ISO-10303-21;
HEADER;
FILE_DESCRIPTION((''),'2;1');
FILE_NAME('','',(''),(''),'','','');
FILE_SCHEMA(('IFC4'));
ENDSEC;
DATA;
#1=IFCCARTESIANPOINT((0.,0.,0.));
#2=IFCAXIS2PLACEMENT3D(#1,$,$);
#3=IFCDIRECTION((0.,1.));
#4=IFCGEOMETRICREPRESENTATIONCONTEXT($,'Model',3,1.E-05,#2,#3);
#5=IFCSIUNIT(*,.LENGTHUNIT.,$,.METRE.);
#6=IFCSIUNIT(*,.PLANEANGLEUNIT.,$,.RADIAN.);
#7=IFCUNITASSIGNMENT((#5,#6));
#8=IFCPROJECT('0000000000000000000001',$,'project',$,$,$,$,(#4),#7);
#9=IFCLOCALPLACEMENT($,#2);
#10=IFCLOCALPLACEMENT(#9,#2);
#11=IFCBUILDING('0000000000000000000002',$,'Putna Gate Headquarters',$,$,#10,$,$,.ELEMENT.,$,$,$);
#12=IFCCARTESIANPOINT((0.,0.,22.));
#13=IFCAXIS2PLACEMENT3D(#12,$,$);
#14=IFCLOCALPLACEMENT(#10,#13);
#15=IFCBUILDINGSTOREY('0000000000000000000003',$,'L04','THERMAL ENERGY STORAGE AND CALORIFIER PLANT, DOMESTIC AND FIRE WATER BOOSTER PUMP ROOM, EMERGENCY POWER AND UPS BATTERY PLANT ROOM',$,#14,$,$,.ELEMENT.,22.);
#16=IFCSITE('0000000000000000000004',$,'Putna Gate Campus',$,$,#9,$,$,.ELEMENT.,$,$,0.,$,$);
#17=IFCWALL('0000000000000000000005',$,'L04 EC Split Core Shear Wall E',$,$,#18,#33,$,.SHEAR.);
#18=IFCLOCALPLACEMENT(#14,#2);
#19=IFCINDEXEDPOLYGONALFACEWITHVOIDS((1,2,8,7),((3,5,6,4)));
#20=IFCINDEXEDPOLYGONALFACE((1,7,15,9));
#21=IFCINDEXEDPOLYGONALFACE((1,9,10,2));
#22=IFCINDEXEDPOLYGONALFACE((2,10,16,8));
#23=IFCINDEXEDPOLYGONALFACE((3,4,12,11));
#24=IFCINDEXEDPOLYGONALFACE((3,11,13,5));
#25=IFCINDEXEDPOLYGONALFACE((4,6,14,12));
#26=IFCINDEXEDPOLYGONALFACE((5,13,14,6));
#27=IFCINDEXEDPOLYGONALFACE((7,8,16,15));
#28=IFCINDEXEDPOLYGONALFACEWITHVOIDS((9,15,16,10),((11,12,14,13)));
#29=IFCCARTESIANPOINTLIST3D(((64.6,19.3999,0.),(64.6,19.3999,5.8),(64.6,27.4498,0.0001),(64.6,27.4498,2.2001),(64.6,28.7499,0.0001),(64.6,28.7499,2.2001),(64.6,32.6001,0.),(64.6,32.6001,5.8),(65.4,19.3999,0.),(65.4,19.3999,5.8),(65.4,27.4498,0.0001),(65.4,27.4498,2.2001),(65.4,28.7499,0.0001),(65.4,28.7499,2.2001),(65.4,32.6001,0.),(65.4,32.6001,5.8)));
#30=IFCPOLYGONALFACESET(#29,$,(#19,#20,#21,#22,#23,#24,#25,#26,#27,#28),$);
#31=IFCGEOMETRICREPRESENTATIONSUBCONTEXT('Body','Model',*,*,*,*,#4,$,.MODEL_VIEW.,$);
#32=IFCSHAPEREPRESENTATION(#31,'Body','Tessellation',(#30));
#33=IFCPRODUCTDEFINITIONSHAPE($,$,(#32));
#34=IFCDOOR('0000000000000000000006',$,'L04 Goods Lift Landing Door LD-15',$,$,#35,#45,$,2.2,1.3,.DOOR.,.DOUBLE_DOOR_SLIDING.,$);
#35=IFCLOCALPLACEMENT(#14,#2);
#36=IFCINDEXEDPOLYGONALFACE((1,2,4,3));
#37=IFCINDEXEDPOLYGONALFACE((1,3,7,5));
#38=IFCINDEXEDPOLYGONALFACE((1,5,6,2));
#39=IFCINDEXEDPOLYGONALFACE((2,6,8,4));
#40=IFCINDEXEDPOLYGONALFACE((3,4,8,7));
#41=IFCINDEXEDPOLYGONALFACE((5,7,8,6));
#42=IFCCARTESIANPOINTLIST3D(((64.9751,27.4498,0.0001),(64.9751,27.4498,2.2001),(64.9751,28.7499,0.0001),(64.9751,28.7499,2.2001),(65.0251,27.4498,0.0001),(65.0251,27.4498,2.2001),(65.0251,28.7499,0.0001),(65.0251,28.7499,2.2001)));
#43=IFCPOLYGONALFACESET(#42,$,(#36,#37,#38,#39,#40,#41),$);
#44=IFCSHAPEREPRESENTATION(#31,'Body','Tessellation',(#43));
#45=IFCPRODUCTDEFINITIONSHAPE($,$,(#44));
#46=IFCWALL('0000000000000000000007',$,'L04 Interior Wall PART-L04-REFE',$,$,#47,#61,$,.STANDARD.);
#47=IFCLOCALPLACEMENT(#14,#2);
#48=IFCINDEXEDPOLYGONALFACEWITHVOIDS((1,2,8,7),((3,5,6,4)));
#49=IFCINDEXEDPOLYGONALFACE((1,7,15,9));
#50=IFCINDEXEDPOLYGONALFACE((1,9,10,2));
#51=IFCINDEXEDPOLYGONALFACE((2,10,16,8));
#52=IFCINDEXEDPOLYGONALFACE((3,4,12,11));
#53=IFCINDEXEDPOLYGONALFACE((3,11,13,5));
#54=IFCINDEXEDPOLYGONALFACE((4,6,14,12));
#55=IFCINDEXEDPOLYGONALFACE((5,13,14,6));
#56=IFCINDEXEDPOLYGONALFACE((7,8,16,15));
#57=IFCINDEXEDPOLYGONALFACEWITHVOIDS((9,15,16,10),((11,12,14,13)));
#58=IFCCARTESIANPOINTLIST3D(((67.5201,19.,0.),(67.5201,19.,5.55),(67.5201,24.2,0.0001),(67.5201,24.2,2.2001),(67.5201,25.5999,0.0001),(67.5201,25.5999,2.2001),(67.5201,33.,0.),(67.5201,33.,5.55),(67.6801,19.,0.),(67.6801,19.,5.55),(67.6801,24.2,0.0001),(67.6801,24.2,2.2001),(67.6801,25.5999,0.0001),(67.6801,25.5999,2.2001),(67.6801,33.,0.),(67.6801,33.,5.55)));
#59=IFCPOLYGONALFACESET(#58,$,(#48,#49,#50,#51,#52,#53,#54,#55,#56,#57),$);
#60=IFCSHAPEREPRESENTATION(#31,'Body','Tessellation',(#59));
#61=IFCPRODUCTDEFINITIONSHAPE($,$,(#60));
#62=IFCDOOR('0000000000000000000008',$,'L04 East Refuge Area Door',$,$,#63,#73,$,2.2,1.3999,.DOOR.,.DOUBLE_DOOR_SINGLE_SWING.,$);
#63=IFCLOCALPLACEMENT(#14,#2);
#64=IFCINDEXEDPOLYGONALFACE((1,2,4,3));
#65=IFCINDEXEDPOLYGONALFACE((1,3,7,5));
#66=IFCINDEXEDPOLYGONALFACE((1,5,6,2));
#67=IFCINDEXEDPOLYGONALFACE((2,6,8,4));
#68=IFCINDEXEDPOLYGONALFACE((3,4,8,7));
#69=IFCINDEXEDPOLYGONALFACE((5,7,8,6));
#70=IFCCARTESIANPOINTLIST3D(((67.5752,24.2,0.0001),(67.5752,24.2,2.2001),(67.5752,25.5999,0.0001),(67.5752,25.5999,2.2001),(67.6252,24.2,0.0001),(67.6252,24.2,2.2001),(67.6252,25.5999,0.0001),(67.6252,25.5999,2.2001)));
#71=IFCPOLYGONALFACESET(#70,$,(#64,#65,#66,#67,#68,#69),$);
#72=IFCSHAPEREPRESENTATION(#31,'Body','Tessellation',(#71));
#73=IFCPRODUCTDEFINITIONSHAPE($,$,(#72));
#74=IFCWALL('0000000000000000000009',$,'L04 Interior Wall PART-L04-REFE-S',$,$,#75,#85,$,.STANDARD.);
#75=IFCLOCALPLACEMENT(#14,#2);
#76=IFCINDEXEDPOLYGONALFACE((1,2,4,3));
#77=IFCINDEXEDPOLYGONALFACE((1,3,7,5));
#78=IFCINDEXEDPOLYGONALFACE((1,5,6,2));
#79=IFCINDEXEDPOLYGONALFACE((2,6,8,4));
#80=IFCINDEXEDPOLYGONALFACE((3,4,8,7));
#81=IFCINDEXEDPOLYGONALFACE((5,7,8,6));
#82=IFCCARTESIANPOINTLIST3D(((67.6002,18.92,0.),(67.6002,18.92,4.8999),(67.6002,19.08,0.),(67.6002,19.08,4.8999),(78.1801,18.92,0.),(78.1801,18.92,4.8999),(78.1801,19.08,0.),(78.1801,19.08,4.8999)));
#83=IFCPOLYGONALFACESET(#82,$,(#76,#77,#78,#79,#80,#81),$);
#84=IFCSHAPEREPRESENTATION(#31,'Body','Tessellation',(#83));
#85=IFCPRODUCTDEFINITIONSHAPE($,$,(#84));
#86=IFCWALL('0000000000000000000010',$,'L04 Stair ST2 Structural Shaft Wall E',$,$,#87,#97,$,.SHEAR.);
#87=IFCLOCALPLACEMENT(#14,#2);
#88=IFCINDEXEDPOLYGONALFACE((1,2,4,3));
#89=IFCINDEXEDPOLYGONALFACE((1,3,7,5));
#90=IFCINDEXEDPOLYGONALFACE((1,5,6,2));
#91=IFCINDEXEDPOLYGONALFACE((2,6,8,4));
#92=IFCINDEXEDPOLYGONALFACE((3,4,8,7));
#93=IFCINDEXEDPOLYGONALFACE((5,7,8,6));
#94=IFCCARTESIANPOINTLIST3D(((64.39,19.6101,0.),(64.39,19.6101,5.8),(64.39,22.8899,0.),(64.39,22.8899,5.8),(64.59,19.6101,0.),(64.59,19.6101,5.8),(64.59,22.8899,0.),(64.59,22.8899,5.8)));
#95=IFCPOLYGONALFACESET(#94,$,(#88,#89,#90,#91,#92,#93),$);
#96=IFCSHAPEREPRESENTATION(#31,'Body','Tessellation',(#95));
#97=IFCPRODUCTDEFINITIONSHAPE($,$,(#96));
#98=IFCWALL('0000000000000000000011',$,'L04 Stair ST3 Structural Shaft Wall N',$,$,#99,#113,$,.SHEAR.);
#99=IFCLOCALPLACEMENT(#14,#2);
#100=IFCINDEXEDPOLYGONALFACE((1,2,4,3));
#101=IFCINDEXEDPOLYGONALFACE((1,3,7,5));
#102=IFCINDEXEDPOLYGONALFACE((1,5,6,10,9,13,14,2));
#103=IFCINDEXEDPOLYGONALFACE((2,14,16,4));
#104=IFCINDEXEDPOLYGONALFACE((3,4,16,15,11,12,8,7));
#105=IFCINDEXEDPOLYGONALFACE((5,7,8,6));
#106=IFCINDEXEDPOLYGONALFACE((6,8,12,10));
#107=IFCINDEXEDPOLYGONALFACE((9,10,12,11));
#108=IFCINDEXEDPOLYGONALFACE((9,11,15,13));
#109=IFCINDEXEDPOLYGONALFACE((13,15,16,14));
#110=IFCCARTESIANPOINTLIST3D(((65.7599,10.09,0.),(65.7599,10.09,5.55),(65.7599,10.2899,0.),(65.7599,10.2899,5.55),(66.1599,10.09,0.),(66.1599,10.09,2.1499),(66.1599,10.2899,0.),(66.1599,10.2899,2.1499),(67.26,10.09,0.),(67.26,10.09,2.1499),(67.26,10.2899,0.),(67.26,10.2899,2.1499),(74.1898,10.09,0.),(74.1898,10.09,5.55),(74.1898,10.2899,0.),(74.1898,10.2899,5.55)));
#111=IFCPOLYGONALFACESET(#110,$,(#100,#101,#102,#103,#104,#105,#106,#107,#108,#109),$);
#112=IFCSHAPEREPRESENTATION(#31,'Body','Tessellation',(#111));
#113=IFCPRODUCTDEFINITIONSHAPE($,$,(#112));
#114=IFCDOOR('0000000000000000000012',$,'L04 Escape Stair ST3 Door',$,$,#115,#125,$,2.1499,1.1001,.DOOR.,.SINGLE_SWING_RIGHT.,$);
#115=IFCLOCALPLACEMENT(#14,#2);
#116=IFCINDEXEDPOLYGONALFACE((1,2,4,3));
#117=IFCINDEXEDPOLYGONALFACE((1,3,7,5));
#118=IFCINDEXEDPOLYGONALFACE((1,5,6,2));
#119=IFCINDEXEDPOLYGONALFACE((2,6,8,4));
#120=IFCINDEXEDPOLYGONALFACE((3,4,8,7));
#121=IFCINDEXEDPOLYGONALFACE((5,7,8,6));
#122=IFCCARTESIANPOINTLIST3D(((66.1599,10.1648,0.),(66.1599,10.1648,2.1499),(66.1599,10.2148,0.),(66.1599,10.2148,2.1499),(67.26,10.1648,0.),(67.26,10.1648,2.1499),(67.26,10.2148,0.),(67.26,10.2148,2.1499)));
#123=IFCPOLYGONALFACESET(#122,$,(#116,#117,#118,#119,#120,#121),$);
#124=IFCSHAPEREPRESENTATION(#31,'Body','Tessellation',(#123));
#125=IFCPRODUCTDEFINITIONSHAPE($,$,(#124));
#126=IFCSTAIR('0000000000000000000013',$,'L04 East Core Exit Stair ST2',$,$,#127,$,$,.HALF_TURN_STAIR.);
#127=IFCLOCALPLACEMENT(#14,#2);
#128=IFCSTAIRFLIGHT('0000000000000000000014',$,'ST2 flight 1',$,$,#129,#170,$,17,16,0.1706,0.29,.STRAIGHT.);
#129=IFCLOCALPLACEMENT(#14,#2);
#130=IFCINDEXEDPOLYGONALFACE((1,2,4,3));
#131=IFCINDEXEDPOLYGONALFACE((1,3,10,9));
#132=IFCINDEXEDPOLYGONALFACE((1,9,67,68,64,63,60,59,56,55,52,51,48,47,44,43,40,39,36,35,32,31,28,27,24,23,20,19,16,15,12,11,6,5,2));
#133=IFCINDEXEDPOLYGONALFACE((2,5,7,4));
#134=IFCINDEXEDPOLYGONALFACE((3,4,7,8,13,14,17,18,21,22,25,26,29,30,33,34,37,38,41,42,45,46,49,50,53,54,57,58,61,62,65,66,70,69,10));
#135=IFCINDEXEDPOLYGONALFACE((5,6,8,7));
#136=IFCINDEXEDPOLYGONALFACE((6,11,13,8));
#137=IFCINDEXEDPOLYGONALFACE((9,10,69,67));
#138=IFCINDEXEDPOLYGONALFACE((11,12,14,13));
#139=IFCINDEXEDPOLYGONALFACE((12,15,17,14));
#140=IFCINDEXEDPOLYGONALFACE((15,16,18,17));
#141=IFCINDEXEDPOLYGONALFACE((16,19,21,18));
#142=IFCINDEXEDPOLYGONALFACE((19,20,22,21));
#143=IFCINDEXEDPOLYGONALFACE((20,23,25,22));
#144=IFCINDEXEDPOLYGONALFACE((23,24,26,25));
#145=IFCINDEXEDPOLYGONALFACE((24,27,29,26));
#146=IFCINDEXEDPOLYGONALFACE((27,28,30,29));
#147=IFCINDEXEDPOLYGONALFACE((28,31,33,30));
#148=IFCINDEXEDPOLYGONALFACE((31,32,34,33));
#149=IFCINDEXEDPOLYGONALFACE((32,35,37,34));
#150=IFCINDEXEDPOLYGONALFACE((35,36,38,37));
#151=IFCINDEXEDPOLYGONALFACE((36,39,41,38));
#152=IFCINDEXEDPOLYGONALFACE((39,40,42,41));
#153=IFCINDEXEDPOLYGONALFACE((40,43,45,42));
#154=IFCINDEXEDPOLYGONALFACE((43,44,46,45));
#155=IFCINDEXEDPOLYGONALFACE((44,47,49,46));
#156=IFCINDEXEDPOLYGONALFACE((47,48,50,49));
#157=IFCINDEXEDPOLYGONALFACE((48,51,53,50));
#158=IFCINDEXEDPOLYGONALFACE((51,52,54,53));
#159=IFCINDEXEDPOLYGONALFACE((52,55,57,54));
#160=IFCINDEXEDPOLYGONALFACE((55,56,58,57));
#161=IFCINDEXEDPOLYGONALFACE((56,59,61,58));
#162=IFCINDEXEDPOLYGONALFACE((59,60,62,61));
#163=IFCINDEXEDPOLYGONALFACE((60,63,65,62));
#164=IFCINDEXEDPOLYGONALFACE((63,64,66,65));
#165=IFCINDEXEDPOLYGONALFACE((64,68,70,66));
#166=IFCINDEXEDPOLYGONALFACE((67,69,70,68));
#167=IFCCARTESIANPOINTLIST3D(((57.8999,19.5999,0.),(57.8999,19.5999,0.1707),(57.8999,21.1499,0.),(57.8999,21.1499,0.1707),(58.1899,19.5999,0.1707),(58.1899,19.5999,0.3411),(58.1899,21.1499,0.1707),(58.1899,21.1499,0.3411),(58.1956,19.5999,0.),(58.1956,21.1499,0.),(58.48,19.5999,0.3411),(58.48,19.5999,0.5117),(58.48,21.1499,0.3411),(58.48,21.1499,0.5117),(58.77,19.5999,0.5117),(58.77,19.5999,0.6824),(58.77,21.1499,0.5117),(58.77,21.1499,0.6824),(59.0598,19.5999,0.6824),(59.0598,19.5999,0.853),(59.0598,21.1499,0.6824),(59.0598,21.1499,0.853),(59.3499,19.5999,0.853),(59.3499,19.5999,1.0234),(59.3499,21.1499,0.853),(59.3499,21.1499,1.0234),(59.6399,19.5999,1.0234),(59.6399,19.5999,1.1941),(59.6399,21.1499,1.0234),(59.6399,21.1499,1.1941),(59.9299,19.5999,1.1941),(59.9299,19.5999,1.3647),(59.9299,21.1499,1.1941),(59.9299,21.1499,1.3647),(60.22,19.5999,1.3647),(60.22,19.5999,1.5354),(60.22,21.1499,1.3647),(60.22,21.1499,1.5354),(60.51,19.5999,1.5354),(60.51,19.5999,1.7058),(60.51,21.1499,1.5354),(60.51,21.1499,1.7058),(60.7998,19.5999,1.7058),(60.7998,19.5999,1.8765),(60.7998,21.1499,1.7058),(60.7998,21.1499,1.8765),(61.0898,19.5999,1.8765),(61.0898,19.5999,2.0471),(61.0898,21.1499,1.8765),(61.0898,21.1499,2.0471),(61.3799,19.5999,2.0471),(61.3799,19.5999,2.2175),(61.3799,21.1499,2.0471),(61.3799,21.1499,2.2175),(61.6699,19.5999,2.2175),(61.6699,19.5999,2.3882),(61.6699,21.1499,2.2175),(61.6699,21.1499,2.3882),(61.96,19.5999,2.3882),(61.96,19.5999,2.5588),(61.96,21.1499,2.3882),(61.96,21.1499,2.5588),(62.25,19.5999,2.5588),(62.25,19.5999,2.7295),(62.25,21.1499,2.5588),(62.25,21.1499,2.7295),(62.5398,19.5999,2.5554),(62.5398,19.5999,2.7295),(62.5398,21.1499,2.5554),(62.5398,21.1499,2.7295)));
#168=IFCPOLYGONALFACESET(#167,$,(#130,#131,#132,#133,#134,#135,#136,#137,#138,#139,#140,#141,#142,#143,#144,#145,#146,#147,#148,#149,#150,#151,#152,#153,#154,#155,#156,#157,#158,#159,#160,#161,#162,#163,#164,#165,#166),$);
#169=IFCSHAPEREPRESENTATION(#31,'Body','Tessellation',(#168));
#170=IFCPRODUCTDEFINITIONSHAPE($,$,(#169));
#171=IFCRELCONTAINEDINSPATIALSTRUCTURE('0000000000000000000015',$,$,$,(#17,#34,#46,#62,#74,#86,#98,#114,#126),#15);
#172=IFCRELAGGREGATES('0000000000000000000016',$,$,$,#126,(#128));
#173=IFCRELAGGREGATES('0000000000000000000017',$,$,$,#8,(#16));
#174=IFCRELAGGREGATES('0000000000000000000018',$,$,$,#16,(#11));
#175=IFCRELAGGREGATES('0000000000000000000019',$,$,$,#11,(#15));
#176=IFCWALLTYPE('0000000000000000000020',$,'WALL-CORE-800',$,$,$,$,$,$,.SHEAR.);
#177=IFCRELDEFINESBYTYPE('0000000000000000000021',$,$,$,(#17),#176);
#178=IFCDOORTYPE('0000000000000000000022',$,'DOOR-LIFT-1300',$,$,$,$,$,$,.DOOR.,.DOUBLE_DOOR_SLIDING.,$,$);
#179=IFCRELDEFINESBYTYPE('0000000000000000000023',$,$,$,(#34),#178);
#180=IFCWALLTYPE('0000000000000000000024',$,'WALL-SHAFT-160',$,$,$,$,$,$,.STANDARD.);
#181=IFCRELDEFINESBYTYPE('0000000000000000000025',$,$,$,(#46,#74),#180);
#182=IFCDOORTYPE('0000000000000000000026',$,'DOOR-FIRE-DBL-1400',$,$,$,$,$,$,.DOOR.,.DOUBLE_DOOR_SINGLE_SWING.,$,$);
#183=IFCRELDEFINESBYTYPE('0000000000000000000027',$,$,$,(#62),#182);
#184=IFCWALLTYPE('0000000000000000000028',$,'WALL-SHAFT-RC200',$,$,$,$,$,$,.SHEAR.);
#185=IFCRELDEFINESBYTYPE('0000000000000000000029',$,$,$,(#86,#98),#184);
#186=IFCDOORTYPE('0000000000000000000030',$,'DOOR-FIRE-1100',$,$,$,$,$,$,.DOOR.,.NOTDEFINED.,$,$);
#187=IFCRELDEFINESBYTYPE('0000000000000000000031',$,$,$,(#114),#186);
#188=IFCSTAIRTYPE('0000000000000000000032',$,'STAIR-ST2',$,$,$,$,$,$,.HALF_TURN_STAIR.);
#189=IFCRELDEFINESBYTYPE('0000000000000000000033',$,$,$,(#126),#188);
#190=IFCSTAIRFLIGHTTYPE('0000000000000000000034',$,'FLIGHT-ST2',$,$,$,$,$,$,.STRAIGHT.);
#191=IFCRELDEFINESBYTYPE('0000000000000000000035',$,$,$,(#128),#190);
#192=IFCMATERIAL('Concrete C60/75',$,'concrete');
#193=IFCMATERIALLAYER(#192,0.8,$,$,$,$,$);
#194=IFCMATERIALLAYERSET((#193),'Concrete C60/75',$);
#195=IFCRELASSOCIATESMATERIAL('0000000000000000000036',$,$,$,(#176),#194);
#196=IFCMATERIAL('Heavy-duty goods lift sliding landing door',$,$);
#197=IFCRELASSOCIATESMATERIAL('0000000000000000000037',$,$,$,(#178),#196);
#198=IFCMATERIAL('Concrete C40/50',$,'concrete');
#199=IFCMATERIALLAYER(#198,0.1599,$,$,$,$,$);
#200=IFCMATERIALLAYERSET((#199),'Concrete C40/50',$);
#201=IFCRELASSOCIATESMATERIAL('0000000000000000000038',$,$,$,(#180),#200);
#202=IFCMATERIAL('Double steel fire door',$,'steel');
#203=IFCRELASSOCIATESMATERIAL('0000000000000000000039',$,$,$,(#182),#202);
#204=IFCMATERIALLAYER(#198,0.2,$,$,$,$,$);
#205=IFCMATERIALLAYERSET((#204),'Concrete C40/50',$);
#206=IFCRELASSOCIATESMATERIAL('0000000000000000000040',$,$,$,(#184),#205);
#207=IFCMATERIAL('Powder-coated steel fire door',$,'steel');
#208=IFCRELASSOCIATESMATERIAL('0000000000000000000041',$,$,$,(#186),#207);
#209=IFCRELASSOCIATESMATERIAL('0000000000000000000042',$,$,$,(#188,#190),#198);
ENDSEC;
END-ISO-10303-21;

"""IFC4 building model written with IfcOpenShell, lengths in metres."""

from ifc_helpers import new_model, si_unit, direction, frame, frame_2d, origin, place, context, subcontext, project, spatial, polyline, rectangle, outline, extrude, material, layer, layer_set, type_object, element, fill, aggregate, save


model = new_model("IFC4")

# Units and contexts
model_context = context("Model", 3, precision=1e-05, world=origin(), true_north=direction((0.0, 1.0)))
body_context = subcontext(model_context, "Body", "Model", "MODEL_VIEW")
ifc_project = project(units=[si_unit("LENGTHUNIT", "METRE"), si_unit("PLANEANGLEUNIT", "RADIAN")], contexts=[model_context])

# Site, building, storey
site_placement = place(None, origin())
site = spatial("IfcSite", under=ifc_project, at=site_placement, Name="Putna Gate Campus", CompositionType="ELEMENT", RefElevation=0.0)
building_placement = place(site_placement, origin())
building = spatial("IfcBuilding", under=site, at=building_placement, Name="Putna Gate Headquarters", CompositionType="ELEMENT")
storey_placement = place(building_placement, frame((0.0, 0.0, 22.0)))
storey = spatial("IfcBuildingStorey", under=building, at=storey_placement, Name="L04", Description="THERMAL ENERGY STORAGE AND CALORIFIER PLANT, DOMESTIC AND FIRE WATER BOOSTER PUMP ROOM, EMERGENCY POWER AND UPS BATTERY PLANT ROOM", CompositionType="ELEMENT", Elevation=22.0)

# Shared definitions
ifc_material_1 = material(Name="Concrete C60/75", Category="concrete")

# Walls, openings, doors
ifc_layer_1 = layer(ifc_material_1, 0.8)
ifc_layer_set_1 = layer_set([ifc_layer_1], Name="Concrete C60/75")
wall_type_1 = type_object("IfcWallType", Name="WALL-CORE-800", PredefinedType="SHEAR", material=ifc_layer_set_1)
wall_1_placement = place(storey_placement, frame((65.0, 19.3999, 0.0), z_axis=(0.0, 0.0, 1.0), x_axis=(0.0, 1.0, 0.0)))
wall_1 = element("IfcWall", 1, at=wall_1_placement, inside=storey, type_object=wall_type_1, Name="L04 EC Split Core Shear Wall E", PredefinedType="SHEAR", context=body_context, shape_type="SweptSolid", body=[
    extrude(rectangle(XDim=13.2002, YDim=0.8, at=frame_2d((6.6001, 0.0))), origin(), (0.0, 0.0, 1.0), 5.8),
])
opening_1_placement = place(wall_1_placement, frame((8.05, 0.0, 0.0)))
opening_1 = element("IfcOpeningElement", 2, at=opening_1_placement, cuts=wall_1, PredefinedType="OPENING", context=body_context, shape_type="SweptSolid", body=[
    extrude(rectangle(XDim=1.3, YDim=2.2, at=frame_2d((0.6499, 1.1001))), frame((0.0, 0.4099, 0.0), z_axis=(0.0, -1.0, 0.0), x_axis=(1.0, 0.0, 0.0)), (0.0, 0.0, 1.0), 0.8201),
])
ifc_material_2 = material(Name="Heavy-duty goods lift sliding landing door")
door_type_1 = type_object("IfcDoorType", Name="DOOR-LIFT-1300", OperationType="DOUBLE_DOOR_SLIDING", PredefinedType="DOOR", material=ifc_material_2)
door_1_placement = place(opening_1_placement, origin())
door_1 = element("IfcDoor", 3, at=door_1_placement, inside=storey, type_object=door_type_1, Name="L04 Goods Lift Landing Door LD-15", OperationType="DOUBLE_DOOR_SLIDING", OverallHeight=2.2, OverallWidth=1.3, PredefinedType="DOOR", context=body_context, shape_type="SweptSolid", body=[
    extrude(rectangle(XDim=1.3, YDim=2.2, at=frame_2d((0.6499, 1.1001))), frame((0.0, 0.0249, 0.0), z_axis=(0.0, -1.0, 0.0), x_axis=(1.0, 0.0, 0.0)), (0.0, 0.0, 1.0), 0.05),
])
fill(opening_1, door_1)
ifc_material_3 = material(Name="Concrete C40/50", Category="concrete")
ifc_layer_2 = layer(ifc_material_3, 0.1599)
ifc_layer_set_2 = layer_set([ifc_layer_2], Name="Concrete C40/50")
wall_type_2 = type_object("IfcWallType", Name="WALL-SHAFT-160", PredefinedType="STANDARD", material=ifc_layer_set_2)
wall_2_placement = place(storey_placement, frame((67.6001, 19.0, 0.0), z_axis=(0.0, 0.0, 1.0), x_axis=(0.0, 1.0, 0.0)))
wall_2 = element("IfcWall", 4, at=wall_2_placement, inside=storey, type_object=wall_type_2, Name="L04 Interior Wall PART-L04-REFE", PredefinedType="STANDARD", context=body_context, shape_type="SweptSolid", body=[
    extrude(rectangle(XDim=14.0, YDim=0.1599, at=frame_2d((7.0, 0.0))), origin(), (0.0, 0.0, 1.0), 5.55),
])
opening_2_placement = place(wall_2_placement, frame((5.2, 0.0, 0.0)))
opening_2 = element("IfcOpeningElement", 5, at=opening_2_placement, cuts=wall_2, PredefinedType="OPENING", context=body_context, shape_type="SweptSolid", body=[
    extrude(rectangle(XDim=1.3999, YDim=2.2, at=frame_2d((0.7, 1.1001))), frame((0.0, 0.0898, 0.0), z_axis=(0.0, -1.0, 0.0), x_axis=(1.0, 0.0, 0.0)), (0.0, 0.0, 1.0), 0.1799),
])
ifc_material_4 = material(Name="Double steel fire door", Category="steel")
door_type_2 = type_object("IfcDoorType", Name="DOOR-FIRE-DBL-1400", OperationType="DOUBLE_DOOR_SINGLE_SWING", PredefinedType="DOOR", material=ifc_material_4)
door_2_placement = place(opening_2_placement, origin())
door_2 = element("IfcDoor", 6, at=door_2_placement, inside=storey, type_object=door_type_2, Name="L04 East Refuge Area Door", OperationType="DOUBLE_DOOR_SINGLE_SWING", OverallHeight=2.2, OverallWidth=1.3999, PredefinedType="DOOR", context=body_context, shape_type="SweptSolid", body=[
    extrude(rectangle(XDim=1.3999, YDim=2.2, at=frame_2d((0.7, 1.1001))), frame((0.0, 0.0249, 0.0), z_axis=(0.0, -1.0, 0.0), x_axis=(1.0, 0.0, 0.0)), (0.0, 0.0, 1.0), 0.05),
])
fill(opening_2, door_2)

# Walls
wall_3_placement = place(storey_placement, frame((67.6001, 19.0, 0.0), z_axis=(0.0, 0.0, 1.0), x_axis=(1.0, 0.0, 0.0)))
element("IfcWall", 7, at=wall_3_placement, inside=storey, type_object=wall_type_2, Name="L04 Interior Wall PART-L04-REFE-S", PredefinedType="STANDARD", context=body_context, shape_type="SweptSolid", body=[
    extrude(rectangle(XDim=10.5798, YDim=0.1599, at=frame_2d((5.29, 0.0))), origin(), (0.0, 0.0, 1.0), 4.8999),
])
ifc_layer_3 = layer(ifc_material_3, 0.2)
ifc_layer_set_3 = layer_set([ifc_layer_3], Name="Concrete C40/50")
wall_type_3 = type_object("IfcWallType", Name="WALL-SHAFT-RC200", PredefinedType="SHEAR", material=ifc_layer_set_3)
wall_4_placement = place(storey_placement, frame((64.49, 19.6101, 0.0), z_axis=(0.0, 0.0, 1.0), x_axis=(0.0, 1.0, 0.0)))
element("IfcWall", 8, at=wall_4_placement, inside=storey, type_object=wall_type_3, Name="L04 Stair ST2 Structural Shaft Wall E", PredefinedType="SHEAR", context=body_context, shape_type="SweptSolid", body=[
    extrude(rectangle(XDim=3.2798, YDim=0.2, at=frame_2d((1.6399, 0.0))), origin(), (0.0, 0.0, 1.0), 5.8),
])

# Wall, opening, door
wall_5_placement = place(storey_placement, frame((65.76, 10.1899, 0.0), z_axis=(0.0, 0.0, 1.0), x_axis=(1.0, 0.0, 0.0)))
wall_5 = element("IfcWall", 9, at=wall_5_placement, inside=storey, type_object=wall_type_3, Name="L04 Stair ST3 Structural Shaft Wall N", PredefinedType="SHEAR", context=body_context, shape_type="SweptSolid", body=[
    extrude(rectangle(XDim=8.4299, YDim=0.2, at=frame_2d((4.2148, 0.0))), origin(), (0.0, 0.0, 1.0), 5.55),
])
opening_3_placement = place(wall_5_placement, frame((0.3999, 0.0, 0.0)))
opening_3 = element("IfcOpeningElement", 10, at=opening_3_placement, cuts=wall_5, PredefinedType="OPENING", context=body_context, shape_type="SweptSolid", body=[
    extrude(rectangle(XDim=1.1001, YDim=2.1499, at=frame_2d((0.55, 1.075))), frame((0.0, 0.1099, 0.0), z_axis=(0.0, -1.0, 0.0), x_axis=(1.0, 0.0, 0.0)), (0.0, 0.0, 1.0), 0.22),
])
ifc_material_5 = material(Name="Powder-coated steel fire door", Category="steel")
door_type_3 = type_object("IfcDoorType", Name="DOOR-FIRE-1100", OperationType="NOTDEFINED", PredefinedType="DOOR", material=ifc_material_5)
door_3_placement = place(opening_3_placement, origin())
door_3 = element("IfcDoor", 11, at=door_3_placement, inside=storey, type_object=door_type_3, Name="L04 Escape Stair ST3 Door", OperationType="SINGLE_SWING_RIGHT", OverallHeight=2.1499, OverallWidth=1.1001, PredefinedType="DOOR", context=body_context, shape_type="SweptSolid", body=[
    extrude(rectangle(XDim=1.1001, YDim=2.1499, at=frame_2d((0.55, 1.075))), frame((0.0, 0.0249, 0.0), z_axis=(0.0, -1.0, 0.0), x_axis=(1.0, 0.0, 0.0)), (0.0, 0.0, 1.0), 0.05),
])
fill(opening_3, door_3)

# Stair, stair flight
stair_type = type_object("IfcStairType", Name="STAIR-ST2", PredefinedType="HALF_TURN_STAIR", material=ifc_material_3)
stair_placement = place(storey_placement, origin())
stair = element("IfcStair", 12, at=stair_placement, inside=storey, type_object=stair_type, Name="L04 East Core Exit Stair ST2", PredefinedType="HALF_TURN_STAIR")
stair_flight_type = type_object("IfcStairFlightType", Name="FLIGHT-ST2", PredefinedType="STRAIGHT", material=ifc_material_3)
stair_flight_placement = place(storey_placement, frame((57.8999, 20.375, 0.0), z_axis=(0.0, 0.0, 1.0), x_axis=(1.0, 0.0, 0.0)))
stair_flight = element("IfcStairFlight", 13, at=stair_flight_placement, type_object=stair_flight_type, Name="ST2 flight 1", NumberOfRisers=17, NumberOfTreads=16, PredefinedType="STRAIGHT", RiserHeight=0.1706, TreadLength=0.29, context=body_context, shape_type="SweptSolid", body=[
    extrude(outline(polyline([(0.0, 0.0), (0.0, 0.1707), (0.29, 0.1707), (0.29, 0.3411), (0.5801, 0.3411), (0.5801, 0.5117), (0.8701, 0.5117), (0.8701, 0.6824), (1.1599, 0.6824), (1.1599, 0.853), (1.45, 0.853), (1.45, 1.0234), (1.74, 1.0234), (1.74, 1.1941), (2.03, 1.1941), (2.03, 1.3647), (2.3201, 1.3647), (2.3201, 1.5354), (2.6101, 1.5354), (2.6101, 1.7058), (2.8999, 1.7058), (2.8999, 1.8765), (3.1899, 1.8765), (3.1899, 2.0471), (3.48, 2.0471), (3.48, 2.2175), (3.77, 2.2175), (3.77, 2.3882), (4.0601, 2.3882), (4.0601, 2.5588), (4.3501, 2.5588), (4.3501, 2.7295), (4.6399, 2.7295), (4.6399, 2.8999), (4.6399, 2.5554), (0.2957, 0.0), (0.0, 0.0)])), frame((0.0, 0.7749, 0.0), z_axis=(0.0, -1.0, 0.0), x_axis=(1.0, 0.0, 0.0)), (0.0, 0.0, 1.0), 1.55),
])
aggregate(stair, [stair_flight])

save(model, "model.ifc")
